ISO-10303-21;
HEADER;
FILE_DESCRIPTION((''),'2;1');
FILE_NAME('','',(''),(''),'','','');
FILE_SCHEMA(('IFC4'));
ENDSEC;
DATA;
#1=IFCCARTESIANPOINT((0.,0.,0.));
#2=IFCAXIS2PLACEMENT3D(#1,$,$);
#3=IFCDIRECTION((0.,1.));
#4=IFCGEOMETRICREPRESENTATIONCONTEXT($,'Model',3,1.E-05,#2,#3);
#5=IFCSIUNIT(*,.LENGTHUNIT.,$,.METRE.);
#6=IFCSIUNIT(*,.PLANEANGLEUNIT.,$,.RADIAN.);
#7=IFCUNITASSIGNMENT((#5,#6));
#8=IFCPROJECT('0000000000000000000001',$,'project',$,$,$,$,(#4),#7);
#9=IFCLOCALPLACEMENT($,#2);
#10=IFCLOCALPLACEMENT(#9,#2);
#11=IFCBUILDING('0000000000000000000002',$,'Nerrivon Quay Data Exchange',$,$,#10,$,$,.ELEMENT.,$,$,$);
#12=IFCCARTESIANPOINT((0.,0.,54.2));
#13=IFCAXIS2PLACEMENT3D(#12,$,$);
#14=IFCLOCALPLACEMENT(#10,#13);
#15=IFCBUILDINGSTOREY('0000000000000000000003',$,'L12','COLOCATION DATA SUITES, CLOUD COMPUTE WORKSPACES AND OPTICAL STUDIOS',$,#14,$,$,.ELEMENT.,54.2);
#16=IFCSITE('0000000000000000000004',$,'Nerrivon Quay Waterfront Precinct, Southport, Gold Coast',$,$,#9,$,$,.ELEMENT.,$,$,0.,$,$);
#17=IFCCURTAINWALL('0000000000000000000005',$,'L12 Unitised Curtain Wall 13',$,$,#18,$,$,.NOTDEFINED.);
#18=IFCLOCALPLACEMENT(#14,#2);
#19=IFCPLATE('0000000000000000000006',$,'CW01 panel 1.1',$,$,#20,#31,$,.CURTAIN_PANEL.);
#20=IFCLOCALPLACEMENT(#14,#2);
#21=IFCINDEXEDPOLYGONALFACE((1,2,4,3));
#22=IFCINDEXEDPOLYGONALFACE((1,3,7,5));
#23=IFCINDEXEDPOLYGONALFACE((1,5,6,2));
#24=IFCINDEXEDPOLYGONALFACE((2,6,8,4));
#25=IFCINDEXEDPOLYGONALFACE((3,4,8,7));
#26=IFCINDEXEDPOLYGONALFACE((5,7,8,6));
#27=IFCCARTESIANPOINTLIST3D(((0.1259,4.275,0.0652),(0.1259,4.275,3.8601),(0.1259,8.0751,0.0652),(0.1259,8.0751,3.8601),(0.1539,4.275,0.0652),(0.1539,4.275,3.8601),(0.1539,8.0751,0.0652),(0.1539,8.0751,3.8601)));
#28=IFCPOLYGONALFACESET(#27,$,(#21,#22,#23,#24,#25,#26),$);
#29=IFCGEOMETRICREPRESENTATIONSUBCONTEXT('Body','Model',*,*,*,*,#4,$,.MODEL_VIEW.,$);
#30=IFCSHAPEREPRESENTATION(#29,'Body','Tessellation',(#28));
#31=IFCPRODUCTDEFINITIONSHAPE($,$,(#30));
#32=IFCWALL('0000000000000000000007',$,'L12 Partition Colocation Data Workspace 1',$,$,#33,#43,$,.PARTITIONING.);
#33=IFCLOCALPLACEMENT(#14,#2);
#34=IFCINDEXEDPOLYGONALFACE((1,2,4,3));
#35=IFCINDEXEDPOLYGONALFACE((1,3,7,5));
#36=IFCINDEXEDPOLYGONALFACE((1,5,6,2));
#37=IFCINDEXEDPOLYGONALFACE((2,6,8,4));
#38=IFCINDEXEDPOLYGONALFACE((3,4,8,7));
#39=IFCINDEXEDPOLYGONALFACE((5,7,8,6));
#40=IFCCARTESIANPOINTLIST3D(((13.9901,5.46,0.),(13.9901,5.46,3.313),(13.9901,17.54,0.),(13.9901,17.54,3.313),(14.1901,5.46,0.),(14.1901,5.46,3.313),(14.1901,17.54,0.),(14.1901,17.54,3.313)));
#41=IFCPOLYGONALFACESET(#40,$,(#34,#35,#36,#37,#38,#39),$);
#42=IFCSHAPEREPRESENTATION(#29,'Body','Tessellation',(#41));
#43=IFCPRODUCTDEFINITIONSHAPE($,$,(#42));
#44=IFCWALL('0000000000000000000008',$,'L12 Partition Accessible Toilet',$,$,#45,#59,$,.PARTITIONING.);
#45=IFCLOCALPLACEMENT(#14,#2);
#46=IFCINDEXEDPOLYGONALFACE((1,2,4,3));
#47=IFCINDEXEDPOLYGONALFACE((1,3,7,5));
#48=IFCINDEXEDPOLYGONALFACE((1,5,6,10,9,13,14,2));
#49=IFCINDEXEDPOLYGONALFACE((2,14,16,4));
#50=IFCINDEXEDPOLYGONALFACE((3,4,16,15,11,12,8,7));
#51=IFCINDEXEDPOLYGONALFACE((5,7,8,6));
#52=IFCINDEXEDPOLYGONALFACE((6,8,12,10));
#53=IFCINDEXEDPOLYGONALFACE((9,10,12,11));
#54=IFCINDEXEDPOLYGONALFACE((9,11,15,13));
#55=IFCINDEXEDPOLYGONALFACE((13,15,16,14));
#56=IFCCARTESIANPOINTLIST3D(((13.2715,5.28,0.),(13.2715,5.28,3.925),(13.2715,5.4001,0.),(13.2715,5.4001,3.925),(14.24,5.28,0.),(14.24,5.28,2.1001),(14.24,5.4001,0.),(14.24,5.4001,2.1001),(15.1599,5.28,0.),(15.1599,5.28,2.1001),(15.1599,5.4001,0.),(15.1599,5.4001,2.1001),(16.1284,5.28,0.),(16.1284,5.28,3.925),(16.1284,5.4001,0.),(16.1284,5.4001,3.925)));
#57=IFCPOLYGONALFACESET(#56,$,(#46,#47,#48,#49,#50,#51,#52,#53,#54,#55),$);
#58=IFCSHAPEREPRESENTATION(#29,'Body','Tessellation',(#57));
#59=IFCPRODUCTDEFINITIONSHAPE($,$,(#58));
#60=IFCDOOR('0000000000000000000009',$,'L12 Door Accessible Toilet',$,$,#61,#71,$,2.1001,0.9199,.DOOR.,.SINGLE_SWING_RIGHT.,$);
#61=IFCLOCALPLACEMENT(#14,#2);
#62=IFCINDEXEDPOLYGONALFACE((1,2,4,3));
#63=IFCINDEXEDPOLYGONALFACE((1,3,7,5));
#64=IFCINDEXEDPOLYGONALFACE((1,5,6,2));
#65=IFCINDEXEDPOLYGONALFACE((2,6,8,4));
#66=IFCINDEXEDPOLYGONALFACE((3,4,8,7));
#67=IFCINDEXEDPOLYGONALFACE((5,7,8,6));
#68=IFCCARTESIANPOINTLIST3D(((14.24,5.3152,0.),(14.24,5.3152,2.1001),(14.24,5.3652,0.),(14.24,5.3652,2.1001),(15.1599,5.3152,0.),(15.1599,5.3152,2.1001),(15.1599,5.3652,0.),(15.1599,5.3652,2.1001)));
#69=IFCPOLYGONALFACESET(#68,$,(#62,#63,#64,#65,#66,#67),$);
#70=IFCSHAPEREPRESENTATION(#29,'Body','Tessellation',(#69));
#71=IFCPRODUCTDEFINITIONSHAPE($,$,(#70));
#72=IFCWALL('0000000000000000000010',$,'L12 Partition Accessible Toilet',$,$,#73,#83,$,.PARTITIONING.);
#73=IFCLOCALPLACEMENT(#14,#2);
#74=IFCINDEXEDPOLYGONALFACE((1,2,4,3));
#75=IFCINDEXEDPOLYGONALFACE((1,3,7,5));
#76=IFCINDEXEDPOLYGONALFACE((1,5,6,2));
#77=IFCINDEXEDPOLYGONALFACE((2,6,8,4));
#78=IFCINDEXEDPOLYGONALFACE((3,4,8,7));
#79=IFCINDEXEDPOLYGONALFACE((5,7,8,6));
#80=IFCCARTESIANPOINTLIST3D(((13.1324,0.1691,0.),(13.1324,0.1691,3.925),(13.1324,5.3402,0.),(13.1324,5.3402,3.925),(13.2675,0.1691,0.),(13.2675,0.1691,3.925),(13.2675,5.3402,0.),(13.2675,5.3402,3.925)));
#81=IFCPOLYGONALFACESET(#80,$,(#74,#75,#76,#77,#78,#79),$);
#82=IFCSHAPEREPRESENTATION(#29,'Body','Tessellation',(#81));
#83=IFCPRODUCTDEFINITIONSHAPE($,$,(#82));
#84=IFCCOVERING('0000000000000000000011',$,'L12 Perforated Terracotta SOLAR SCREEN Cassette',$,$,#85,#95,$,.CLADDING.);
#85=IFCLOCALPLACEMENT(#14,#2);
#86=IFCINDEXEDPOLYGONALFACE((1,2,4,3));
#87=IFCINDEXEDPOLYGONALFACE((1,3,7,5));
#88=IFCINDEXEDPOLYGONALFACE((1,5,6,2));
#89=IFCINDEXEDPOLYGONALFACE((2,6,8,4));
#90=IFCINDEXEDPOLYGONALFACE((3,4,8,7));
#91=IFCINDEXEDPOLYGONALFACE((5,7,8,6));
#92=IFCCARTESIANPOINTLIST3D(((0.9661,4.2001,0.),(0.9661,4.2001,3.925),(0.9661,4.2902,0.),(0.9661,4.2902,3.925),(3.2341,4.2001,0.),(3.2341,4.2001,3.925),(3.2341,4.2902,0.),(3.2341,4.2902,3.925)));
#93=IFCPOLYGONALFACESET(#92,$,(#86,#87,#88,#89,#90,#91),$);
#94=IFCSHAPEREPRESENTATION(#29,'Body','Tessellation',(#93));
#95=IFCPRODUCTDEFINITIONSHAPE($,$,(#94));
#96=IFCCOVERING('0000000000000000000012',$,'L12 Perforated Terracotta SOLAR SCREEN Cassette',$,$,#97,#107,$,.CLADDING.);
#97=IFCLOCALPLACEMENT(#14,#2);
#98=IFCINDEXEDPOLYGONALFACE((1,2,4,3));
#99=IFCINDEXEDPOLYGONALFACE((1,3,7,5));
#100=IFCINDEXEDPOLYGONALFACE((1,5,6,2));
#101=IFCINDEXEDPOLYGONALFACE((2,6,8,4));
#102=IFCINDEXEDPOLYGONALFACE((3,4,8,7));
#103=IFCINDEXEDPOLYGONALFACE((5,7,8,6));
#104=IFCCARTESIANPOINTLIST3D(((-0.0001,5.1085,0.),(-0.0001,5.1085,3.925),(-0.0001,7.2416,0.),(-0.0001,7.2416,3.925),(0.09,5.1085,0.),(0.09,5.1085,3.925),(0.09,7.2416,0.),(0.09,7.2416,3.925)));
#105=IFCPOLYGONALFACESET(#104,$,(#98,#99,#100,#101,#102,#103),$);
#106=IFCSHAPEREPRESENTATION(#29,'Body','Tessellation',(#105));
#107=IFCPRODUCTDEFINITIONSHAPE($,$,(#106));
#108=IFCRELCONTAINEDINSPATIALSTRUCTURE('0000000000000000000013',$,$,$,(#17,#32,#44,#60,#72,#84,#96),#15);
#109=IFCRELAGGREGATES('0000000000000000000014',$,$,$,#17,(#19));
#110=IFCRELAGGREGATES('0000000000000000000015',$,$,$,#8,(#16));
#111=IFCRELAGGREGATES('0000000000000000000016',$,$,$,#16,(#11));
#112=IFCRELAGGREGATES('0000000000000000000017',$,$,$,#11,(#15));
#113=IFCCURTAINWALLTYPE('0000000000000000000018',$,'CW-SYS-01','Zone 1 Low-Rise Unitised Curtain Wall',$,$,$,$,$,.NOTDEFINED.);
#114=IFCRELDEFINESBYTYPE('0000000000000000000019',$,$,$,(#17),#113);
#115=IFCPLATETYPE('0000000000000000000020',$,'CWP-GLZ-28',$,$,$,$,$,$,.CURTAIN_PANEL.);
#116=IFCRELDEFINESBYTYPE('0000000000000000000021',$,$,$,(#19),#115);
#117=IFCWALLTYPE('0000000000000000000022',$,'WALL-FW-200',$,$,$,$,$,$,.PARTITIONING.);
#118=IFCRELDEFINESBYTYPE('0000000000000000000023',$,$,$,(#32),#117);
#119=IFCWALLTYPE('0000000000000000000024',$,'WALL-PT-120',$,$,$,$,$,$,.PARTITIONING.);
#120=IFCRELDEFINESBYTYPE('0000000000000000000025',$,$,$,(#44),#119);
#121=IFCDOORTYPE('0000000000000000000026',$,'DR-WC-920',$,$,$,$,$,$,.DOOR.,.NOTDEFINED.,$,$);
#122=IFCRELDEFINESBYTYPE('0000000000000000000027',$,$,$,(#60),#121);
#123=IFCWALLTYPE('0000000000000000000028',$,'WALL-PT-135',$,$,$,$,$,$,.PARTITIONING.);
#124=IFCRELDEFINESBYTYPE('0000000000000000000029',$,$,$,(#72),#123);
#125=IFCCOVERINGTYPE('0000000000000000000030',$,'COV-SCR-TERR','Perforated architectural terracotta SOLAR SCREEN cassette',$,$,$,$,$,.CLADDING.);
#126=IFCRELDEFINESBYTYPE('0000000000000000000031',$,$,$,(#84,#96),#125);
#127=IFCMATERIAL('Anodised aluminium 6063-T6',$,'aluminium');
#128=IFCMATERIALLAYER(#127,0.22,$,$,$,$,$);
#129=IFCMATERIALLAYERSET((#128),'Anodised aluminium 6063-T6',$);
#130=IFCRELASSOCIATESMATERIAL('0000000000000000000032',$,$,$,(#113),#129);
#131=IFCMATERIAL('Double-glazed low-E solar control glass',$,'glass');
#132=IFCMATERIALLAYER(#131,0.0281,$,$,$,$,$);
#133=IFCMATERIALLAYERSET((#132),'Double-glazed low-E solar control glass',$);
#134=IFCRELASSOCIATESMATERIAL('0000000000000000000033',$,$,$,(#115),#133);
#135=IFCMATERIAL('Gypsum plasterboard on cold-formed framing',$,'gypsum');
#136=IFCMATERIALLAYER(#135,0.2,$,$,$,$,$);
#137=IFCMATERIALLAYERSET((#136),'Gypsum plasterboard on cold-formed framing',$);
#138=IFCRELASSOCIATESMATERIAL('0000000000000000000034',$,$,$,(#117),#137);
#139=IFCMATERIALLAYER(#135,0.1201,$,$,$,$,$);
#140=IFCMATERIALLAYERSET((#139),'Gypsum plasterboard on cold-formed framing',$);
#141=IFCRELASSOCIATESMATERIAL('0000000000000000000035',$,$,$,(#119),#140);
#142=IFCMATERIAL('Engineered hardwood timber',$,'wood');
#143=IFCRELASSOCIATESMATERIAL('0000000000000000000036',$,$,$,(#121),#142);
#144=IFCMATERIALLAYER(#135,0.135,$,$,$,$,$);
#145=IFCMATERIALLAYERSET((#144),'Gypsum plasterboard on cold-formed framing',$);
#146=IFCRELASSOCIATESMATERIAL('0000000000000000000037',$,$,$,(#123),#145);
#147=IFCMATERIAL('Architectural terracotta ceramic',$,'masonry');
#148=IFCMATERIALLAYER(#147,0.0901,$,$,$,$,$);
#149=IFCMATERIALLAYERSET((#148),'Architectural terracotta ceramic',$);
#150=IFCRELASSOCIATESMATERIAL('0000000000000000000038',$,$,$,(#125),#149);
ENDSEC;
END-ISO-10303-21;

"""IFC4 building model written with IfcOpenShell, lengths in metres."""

from ifc_helpers import new_model, si_unit, direction, frame, frame_2d, origin, origin_2d, place, context, subcontext, project, spatial, rectangle, extrude, material, layer, layer_set, type_object, element, fill, aggregate, save


model = new_model("IFC4")

# Units and contexts
model_context = context("Model", 3, precision=1e-05, world=origin(), true_north=direction((0.0, 1.0)))
body_context = subcontext(model_context, "Body", "Model", "MODEL_VIEW")
ifc_project = project(units=[si_unit("LENGTHUNIT", "METRE"), si_unit("PLANEANGLEUNIT", "RADIAN")], contexts=[model_context])

# Site, building, storey
site_placement = place(None, origin())
site = spatial("IfcSite", under=ifc_project, at=site_placement, Name="Nerrivon Quay Waterfront Precinct, Southport, Gold Coast", CompositionType="ELEMENT", RefElevation=0.0)
building_placement = place(site_placement, origin())
building = spatial("IfcBuilding", under=site, at=building_placement, Name="Nerrivon Quay Data Exchange", CompositionType="ELEMENT")
storey_placement = place(building_placement, frame((0.0, 0.0, 54.2)))
storey = spatial("IfcBuildingStorey", under=building, at=storey_placement, Name="L12", Description="COLOCATION DATA SUITES, CLOUD COMPUTE WORKSPACES AND OPTICAL STUDIOS", CompositionType="ELEMENT", Elevation=54.2)

# Shared definitions
ifc_material_1 = material(Name="Anodised aluminium 6063-T6", Category="aluminium")
ifc_layer_1 = layer(ifc_material_1, 0.22)
ifc_layer_set_1 = layer_set([ifc_layer_1], Name="Anodised aluminium 6063-T6")
curtain_wall_type = type_object("IfcCurtainWallType", Name="CW-SYS-01", Description="Zone 1 Low-Rise Unitised Curtain Wall", PredefinedType="NOTDEFINED", material=ifc_layer_set_1)

# Curtain wall
curtain_wall_1_placement = place(storey_placement, origin())
curtain_wall_1 = element("IfcCurtainWall", 1, at=curtain_wall_1_placement, inside=storey, type_object=curtain_wall_type, Name="L12 Unitised Curtain Wall 13", PredefinedType="NOTDEFINED")

# Plate
ifc_material_2 = material(Name="Double-glazed low-E solar control glass", Category="glass")
ifc_layer_2 = layer(ifc_material_2, 0.0281)
ifc_layer_set_2 = layer_set([ifc_layer_2], Name="Double-glazed low-E solar control glass")
plate_type = type_object("IfcPlateType", Name="CWP-GLZ-28", PredefinedType="CURTAIN_PANEL", material=ifc_layer_set_2)
plate_1_placement = place(storey_placement, frame((0.1399, 6.175, 0.0652), z_axis=(0.0, 0.0, 1.0), x_axis=(0.0, 1.0, 0.0)))
plate_1 = element("IfcPlate", 2, at=plate_1_placement, type_object=plate_type, Name="CW01 panel 1.1", PredefinedType="CURTAIN_PANEL", context=body_context, shape_type="SweptSolid", body=[
    extrude(rectangle(XDim=3.8, YDim=0.0281, at=origin_2d()), origin(), (0.0, 0.0, 1.0), 3.7949),
])
aggregate(curtain_wall_1, [plate_1])

# Wall
ifc_material_3 = material(Name="Gypsum plasterboard on cold-formed framing", Category="gypsum")
ifc_layer_3 = layer(ifc_material_3, 0.2)
ifc_layer_set_3 = layer_set([ifc_layer_3], Name="Gypsum plasterboard on cold-formed framing")
wall_type_1 = type_object("IfcWallType", Name="WALL-FW-200", PredefinedType="PARTITIONING", material=ifc_layer_set_3)
wall_1_placement = place(storey_placement, frame((14.0901, 5.46, 0.0), z_axis=(0.0, 0.0, 1.0), x_axis=(0.0, 1.0, 0.0)))
element("IfcWall", 3, at=wall_1_placement, inside=storey, type_object=wall_type_1, Name="L12 Partition Colocation Data Workspace 1", PredefinedType="PARTITIONING", context=body_context, shape_type="SweptSolid", body=[
    extrude(rectangle(XDim=12.0801, YDim=0.2, at=frame_2d((6.04, 0.0))), origin(), (0.0, 0.0, 1.0), 3.313),
])

# Wall, opening, door
ifc_layer_4 = layer(ifc_material_3, 0.1201)
ifc_layer_set_4 = layer_set([ifc_layer_4], Name="Gypsum plasterboard on cold-formed framing")
wall_type_2 = type_object("IfcWallType", Name="WALL-PT-120", PredefinedType="PARTITIONING", material=ifc_layer_set_4)
wall_2_placement = place(storey_placement, frame((16.1284, 5.3401, 0.0), z_axis=(0.0, 0.0, 1.0), x_axis=(-1.0, 0.0, 0.0)))
wall_2 = element("IfcWall", 4, at=wall_2_placement, inside=storey, type_object=wall_type_2, Name="L12 Partition Accessible Toilet", PredefinedType="PARTITIONING", context=body_context, shape_type="SweptSolid", body=[
    extrude(rectangle(XDim=2.8569, YDim=0.1201, at=frame_2d((1.4285, 0.0))), origin(), (0.0, 0.0, 1.0), 3.925),
])
opening_placement = place(wall_2_placement, frame((0.9685, 0.0, 0.0)))
opening = element("IfcOpeningElement", 5, at=opening_placement, cuts=wall_2, PredefinedType="OPENING", context=body_context, shape_type="SweptSolid", body=[
    extrude(rectangle(XDim=0.9199, YDim=2.1001, at=frame_2d((0.46, 1.05))), frame((0.0, 0.0701, 0.0), z_axis=(0.0, -1.0, 0.0), x_axis=(1.0, 0.0, 0.0)), (0.0, 0.0, 1.0), 0.1401),
])
ifc_material_4 = material(Name="Engineered hardwood timber", Category="wood")
door_type = type_object("IfcDoorType", Name="DR-WC-920", OperationType="NOTDEFINED", PredefinedType="DOOR", material=ifc_material_4)
door_placement = place(opening_placement, origin())
door = element("IfcDoor", 6, at=door_placement, inside=storey, type_object=door_type, Name="L12 Door Accessible Toilet", OperationType="SINGLE_SWING_RIGHT", OverallHeight=2.1001, OverallWidth=0.9199, PredefinedType="DOOR", context=body_context, shape_type="SweptSolid", body=[
    extrude(rectangle(XDim=0.9199, YDim=2.1001, at=frame_2d((0.46, 1.05))), frame((0.0, 0.0249, 0.0), z_axis=(0.0, -1.0, 0.0), x_axis=(1.0, 0.0, 0.0)), (0.0, 0.0, 1.0), 0.05),
])
fill(opening, door)

# Wall
ifc_layer_5 = layer(ifc_material_3, 0.135)
ifc_layer_set_5 = layer_set([ifc_layer_5], Name="Gypsum plasterboard on cold-formed framing")
wall_type_3 = type_object("IfcWallType", Name="WALL-PT-135", PredefinedType="PARTITIONING", material=ifc_layer_set_5)
wall_3_placement = place(storey_placement, frame((13.2, 5.3401, 0.0), z_axis=(0.0, 0.0, 1.0), x_axis=(0.0, -1.0, 0.0)))
element("IfcWall", 7, at=wall_3_placement, inside=storey, type_object=wall_type_3, Name="L12 Partition Accessible Toilet", PredefinedType="PARTITIONING", context=body_context, shape_type="SweptSolid", body=[
    extrude(rectangle(XDim=5.1711, YDim=0.135, at=frame_2d((2.5854, 0.0))), origin(), (0.0, 0.0, 1.0), 3.925),
])

# Coverings
ifc_material_5 = material(Name="Architectural terracotta ceramic", Category="masonry")
ifc_layer_6 = layer(ifc_material_5, 0.0901)
ifc_layer_set_6 = layer_set([ifc_layer_6], Name="Architectural terracotta ceramic")
covering_type = type_object("IfcCoveringType", Name="COV-SCR-TERR", Description="Perforated architectural terracotta SOLAR SCREEN cassette", PredefinedType="CLADDING", material=ifc_layer_set_6)
covering_1_placement = place(storey_placement, frame((2.1001, 4.2451, 0.0), z_axis=(0.0, 0.0, 1.0), x_axis=(-1.0, 0.0, 0.0)))
element("IfcCovering", 8, at=covering_1_placement, inside=storey, type_object=covering_type, Name="L12 Perforated Terracotta SOLAR SCREEN Cassette", PredefinedType="CLADDING", context=body_context, shape_type="SweptSolid", body=[
    extrude(rectangle(XDim=2.2681, YDim=0.0901, at=origin_2d()), origin(), (0.0, 0.0, 1.0), 3.925),
])
covering_2_placement = place(storey_placement, frame((0.0449, 6.175, 0.0), z_axis=(0.0, 0.0, 1.0), x_axis=(0.0, 1.0, 0.0)))
element("IfcCovering", 9, at=covering_2_placement, inside=storey, type_object=covering_type, Name="L12 Perforated Terracotta SOLAR SCREEN Cassette", PredefinedType="CLADDING", context=body_context, shape_type="SweptSolid", body=[
    extrude(rectangle(XDim=2.1331, YDim=0.0901, at=origin_2d()), origin(), (0.0, 0.0, 1.0), 3.925),
])

save(model, "model.ifc")
